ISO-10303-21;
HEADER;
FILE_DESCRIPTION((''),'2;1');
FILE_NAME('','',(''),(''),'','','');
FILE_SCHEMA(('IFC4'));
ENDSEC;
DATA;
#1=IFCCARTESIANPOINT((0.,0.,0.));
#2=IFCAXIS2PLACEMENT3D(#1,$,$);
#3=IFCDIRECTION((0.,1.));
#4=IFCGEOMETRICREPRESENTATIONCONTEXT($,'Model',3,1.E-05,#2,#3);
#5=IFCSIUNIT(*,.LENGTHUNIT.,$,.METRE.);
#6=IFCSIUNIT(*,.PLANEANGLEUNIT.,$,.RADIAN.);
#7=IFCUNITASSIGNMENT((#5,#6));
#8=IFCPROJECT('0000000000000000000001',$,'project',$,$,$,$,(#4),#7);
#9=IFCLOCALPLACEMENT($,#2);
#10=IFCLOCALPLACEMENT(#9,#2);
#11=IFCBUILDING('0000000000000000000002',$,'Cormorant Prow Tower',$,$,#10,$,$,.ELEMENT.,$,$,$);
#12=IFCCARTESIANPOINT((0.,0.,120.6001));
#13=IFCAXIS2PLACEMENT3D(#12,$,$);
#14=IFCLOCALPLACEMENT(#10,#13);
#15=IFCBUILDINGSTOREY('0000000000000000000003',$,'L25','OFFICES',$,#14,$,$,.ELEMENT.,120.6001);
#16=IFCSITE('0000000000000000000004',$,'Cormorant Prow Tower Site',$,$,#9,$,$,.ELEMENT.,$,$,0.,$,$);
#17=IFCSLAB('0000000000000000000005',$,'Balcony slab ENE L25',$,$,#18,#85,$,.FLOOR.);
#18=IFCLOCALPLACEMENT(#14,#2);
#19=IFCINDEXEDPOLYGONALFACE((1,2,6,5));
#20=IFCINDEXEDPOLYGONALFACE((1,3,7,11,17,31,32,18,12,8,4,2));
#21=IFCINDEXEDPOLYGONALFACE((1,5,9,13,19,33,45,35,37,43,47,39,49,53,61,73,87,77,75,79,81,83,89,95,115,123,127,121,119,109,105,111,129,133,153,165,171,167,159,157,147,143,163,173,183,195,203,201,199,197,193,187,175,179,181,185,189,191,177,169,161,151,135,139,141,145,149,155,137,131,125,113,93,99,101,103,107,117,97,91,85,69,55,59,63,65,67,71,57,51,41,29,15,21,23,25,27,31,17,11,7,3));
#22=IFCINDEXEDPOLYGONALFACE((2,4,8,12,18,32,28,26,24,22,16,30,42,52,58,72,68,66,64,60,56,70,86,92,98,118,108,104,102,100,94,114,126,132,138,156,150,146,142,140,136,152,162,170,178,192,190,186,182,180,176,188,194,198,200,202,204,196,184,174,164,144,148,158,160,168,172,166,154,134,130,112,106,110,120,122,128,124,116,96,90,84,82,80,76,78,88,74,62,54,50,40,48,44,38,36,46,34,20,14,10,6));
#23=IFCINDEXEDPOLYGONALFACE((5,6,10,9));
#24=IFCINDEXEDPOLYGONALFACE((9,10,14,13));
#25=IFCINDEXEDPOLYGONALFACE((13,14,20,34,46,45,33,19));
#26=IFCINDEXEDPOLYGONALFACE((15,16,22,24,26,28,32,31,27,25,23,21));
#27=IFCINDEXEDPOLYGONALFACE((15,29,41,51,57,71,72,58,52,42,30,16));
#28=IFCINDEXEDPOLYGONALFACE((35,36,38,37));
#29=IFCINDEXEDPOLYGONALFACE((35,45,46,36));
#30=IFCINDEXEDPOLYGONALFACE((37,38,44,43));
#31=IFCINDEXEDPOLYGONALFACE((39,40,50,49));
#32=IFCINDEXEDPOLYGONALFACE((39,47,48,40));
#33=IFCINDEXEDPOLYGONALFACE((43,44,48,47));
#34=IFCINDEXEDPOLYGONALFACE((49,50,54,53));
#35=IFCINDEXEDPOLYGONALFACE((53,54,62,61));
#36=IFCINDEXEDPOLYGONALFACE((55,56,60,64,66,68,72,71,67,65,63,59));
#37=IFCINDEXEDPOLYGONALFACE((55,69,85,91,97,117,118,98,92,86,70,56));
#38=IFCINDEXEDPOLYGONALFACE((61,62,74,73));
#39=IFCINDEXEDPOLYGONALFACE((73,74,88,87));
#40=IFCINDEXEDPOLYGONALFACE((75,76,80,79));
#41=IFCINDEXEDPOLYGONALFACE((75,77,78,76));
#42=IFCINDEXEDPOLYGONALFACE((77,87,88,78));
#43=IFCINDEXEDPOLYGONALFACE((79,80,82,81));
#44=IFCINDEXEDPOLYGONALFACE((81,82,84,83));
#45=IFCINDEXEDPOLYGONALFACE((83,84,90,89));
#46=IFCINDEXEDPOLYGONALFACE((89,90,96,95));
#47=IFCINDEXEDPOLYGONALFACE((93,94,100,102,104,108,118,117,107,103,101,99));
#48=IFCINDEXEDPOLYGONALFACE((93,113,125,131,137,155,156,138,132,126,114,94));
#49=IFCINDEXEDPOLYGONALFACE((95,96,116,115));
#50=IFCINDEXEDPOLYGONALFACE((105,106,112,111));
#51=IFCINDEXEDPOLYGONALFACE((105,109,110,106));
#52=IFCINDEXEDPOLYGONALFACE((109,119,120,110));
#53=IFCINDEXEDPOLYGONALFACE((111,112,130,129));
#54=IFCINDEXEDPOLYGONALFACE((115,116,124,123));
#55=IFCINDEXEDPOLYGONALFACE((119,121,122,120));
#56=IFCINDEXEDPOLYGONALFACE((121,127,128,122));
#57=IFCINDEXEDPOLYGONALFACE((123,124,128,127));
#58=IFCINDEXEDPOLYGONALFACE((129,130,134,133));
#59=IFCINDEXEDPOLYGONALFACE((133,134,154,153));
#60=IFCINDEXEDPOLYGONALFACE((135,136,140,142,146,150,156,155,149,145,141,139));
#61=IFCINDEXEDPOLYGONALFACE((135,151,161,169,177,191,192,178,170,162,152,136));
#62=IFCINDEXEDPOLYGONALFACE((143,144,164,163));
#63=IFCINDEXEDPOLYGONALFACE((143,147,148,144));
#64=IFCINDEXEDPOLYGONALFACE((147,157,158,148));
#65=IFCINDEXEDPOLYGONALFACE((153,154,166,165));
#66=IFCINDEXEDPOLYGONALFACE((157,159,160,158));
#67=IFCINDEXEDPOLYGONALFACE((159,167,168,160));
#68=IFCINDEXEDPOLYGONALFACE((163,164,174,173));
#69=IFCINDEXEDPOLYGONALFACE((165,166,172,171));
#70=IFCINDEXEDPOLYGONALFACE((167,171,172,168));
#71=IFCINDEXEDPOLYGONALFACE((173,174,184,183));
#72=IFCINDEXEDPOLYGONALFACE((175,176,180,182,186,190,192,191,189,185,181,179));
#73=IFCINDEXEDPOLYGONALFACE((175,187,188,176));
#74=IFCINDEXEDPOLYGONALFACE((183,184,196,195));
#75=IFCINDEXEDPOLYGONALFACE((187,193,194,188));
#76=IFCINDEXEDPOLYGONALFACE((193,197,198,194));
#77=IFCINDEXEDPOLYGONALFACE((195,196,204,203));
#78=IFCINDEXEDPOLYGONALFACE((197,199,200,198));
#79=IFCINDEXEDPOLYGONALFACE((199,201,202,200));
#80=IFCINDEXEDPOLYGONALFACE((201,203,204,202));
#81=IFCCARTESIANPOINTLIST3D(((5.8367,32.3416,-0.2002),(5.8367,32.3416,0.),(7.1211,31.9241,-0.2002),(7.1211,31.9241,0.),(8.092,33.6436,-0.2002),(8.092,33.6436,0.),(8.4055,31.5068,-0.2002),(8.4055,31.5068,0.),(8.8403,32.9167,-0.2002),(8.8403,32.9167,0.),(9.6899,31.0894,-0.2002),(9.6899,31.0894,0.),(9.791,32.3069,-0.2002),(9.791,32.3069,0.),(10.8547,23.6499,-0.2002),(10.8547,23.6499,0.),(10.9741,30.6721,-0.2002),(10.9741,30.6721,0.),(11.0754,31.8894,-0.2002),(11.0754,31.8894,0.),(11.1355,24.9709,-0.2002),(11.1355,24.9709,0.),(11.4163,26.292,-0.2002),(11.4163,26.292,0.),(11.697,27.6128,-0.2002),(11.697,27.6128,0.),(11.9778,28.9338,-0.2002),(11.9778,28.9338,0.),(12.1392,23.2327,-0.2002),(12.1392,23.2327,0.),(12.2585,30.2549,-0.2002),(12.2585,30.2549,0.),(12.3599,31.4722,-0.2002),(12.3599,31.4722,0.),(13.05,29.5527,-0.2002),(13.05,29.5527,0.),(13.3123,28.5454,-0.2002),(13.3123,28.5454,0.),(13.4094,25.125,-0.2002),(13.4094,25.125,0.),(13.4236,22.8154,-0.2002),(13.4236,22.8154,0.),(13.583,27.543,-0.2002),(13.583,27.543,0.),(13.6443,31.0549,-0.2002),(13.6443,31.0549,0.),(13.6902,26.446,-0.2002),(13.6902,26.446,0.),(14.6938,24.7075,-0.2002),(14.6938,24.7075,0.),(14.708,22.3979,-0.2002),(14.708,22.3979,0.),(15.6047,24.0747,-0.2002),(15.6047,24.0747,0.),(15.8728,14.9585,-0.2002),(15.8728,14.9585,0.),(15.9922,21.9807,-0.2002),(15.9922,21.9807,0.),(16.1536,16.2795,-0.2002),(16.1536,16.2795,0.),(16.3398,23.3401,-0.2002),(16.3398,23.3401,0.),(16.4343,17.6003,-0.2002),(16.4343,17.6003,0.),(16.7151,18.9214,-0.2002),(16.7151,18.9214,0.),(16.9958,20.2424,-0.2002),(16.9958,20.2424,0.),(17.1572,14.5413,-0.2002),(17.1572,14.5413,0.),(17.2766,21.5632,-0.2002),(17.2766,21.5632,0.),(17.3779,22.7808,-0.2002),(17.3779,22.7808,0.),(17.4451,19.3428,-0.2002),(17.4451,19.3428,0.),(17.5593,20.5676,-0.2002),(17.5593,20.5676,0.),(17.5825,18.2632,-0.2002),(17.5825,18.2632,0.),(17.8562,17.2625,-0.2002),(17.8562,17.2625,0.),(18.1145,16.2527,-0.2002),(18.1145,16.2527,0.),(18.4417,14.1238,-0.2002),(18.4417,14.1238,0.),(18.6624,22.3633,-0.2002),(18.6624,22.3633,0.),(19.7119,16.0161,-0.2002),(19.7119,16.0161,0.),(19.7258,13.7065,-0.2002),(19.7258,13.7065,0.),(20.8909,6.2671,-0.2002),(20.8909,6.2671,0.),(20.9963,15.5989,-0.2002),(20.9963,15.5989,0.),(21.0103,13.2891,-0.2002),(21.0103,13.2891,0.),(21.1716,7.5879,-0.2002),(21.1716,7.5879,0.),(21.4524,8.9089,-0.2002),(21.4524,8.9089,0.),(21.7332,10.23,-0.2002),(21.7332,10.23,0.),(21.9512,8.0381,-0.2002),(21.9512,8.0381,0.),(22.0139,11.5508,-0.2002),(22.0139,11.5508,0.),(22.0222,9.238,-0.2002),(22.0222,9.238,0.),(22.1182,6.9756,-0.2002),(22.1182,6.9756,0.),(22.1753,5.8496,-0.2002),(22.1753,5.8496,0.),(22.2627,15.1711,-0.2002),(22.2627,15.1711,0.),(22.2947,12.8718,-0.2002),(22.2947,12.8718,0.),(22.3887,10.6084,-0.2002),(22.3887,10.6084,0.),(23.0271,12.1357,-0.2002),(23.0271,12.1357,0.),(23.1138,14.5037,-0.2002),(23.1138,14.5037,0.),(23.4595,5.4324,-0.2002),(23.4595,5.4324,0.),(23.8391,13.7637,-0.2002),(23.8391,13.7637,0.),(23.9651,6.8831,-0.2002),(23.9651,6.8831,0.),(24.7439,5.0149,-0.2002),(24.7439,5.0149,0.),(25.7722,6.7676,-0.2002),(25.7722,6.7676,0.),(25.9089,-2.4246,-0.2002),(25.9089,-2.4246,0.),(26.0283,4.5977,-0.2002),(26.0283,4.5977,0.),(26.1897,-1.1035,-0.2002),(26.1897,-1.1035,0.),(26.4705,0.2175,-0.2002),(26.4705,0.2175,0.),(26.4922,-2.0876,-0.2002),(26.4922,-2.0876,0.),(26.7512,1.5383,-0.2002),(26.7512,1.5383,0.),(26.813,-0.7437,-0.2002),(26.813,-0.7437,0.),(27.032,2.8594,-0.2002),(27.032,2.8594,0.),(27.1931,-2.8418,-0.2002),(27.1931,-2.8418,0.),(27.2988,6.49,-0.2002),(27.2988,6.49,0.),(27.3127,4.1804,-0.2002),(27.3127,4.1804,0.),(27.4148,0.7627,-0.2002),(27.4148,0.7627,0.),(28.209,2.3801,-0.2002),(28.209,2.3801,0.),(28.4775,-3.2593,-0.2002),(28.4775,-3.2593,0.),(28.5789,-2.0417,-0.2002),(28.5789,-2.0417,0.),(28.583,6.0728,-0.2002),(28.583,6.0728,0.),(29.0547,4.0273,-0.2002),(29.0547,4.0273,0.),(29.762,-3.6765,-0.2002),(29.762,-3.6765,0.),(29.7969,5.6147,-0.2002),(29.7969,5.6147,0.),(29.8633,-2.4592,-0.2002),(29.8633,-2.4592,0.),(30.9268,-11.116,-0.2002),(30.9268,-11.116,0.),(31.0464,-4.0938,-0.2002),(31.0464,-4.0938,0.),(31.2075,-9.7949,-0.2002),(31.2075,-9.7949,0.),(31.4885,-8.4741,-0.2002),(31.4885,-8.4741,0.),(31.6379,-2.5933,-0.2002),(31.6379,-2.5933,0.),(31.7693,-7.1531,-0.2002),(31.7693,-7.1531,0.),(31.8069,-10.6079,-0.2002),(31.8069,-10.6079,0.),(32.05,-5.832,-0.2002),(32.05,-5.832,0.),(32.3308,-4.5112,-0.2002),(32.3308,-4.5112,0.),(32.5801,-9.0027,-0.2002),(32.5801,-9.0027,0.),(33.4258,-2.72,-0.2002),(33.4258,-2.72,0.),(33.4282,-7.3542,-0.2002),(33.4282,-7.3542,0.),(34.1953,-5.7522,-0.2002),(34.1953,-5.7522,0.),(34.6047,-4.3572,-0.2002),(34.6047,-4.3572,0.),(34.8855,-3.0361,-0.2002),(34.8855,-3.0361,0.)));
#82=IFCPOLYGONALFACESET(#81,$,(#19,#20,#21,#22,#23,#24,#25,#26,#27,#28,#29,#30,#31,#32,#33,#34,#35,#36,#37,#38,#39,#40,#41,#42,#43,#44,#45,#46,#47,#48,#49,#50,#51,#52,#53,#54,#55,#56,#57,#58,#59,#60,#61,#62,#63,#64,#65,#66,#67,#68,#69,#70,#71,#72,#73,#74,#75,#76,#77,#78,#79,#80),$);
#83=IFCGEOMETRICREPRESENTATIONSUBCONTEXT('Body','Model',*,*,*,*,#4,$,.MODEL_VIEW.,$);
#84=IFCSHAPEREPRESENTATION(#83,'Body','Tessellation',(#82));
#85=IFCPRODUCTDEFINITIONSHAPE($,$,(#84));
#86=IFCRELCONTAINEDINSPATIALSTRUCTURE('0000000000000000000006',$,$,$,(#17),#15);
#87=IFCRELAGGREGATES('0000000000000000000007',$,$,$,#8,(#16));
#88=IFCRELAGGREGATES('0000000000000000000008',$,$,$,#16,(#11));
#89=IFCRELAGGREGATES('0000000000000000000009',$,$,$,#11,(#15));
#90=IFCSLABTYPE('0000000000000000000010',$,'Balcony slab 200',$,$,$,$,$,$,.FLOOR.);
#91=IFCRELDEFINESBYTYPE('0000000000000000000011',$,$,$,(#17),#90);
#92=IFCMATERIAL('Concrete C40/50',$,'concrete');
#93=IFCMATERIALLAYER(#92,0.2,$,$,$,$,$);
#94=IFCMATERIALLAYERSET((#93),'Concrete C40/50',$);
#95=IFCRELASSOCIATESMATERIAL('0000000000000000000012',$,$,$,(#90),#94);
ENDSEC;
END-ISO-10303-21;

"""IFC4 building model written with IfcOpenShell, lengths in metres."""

from ifc_helpers import new_model, si_unit, direction, frame, origin, place, context, subcontext, project, spatial, polyline, outline, extrude, material, layer, layer_set, type_object, element, save


model = new_model("IFC4")

# Units and contexts
model_context = context("Model", 3, precision=1e-05, world=origin(), true_north=direction((0.0, 1.0)))
body_context = subcontext(model_context, "Body", "Model", "MODEL_VIEW")
ifc_project = project(units=[si_unit("LENGTHUNIT", "METRE"), si_unit("PLANEANGLEUNIT", "RADIAN")], contexts=[model_context])

# Site, building, storey
site_placement = place(None, origin())
site = spatial("IfcSite", under=ifc_project, at=site_placement, Name="Cormorant Prow Tower Site", CompositionType="ELEMENT", RefElevation=0.0)
building_placement = place(site_placement, origin())
building = spatial("IfcBuilding", under=site, at=building_placement, Name="Cormorant Prow Tower", CompositionType="ELEMENT")
storey_placement = place(building_placement, frame((0.0, 0.0, 120.6001)))
storey = spatial("IfcBuildingStorey", under=building, at=storey_placement, Name="L25", Description="OFFICES", CompositionType="ELEMENT", Elevation=120.6001)

# Slab
ifc_material_1 = material(Name="Concrete C40/50", Category="concrete")
ifc_layer_1 = layer(ifc_material_1, 0.2)
ifc_layer_set_1 = layer_set([ifc_layer_1], Name="Concrete C40/50")
slab_type_1 = type_object("IfcSlabType", Name="Balcony slab 200", PredefinedType="FLOOR", material=ifc_layer_set_1)
slab_1_placement = place(storey_placement, frame((0.0, 0.0, -0.2002)))
element("IfcSlab", 1, at=slab_1_placement, inside=storey, type_object=slab_type_1, Name="Balcony slab ENE L25", PredefinedType="FLOOR", context=body_context, shape_type="SweptSolid", body=[
    extrude(outline(polyline([(30.9268, -11.116), (31.8069, -10.6079), (32.5801, -9.0027), (33.4282, -7.3542), (34.1953, -5.7522), (34.6047, -4.3572), (34.8855, -3.0361), (33.4258, -2.72), (31.6379, -2.5933), (29.8633, -2.4592), (28.5789, -2.0417), (26.4922, -2.0876), (26.813, -0.7437), (27.4148, 0.7627), (28.209, 2.3801), (29.0547, 4.0273), (29.7969, 5.6147), (28.583, 6.0728), (27.2988, 6.49), (25.7722, 6.7676), (23.9651, 6.8831), (22.1182, 6.9756), (21.9512, 8.0381), (22.0222, 9.238), (22.3887, 10.6084), (23.0271, 12.1357), (23.8391, 13.7637), (23.1138, 14.5037), (22.2627, 15.1711), (20.9963, 15.5989), (19.7119, 16.0161), (18.1145, 16.2527), (17.8562, 17.2625), (17.5825, 18.2632), (17.4451, 19.3428), (17.5593, 20.5676), (18.6624, 22.3633), (17.3779, 22.7808), (16.3398, 23.3401), (15.6047, 24.0747), (14.6938, 24.7075), (13.4094, 25.125), (13.6902, 26.446), (13.583, 27.543), (13.3123, 28.5454), (13.05, 29.5527), (13.6443, 31.0549), (12.3599, 31.4722), (11.0754, 31.8894), (9.791, 32.3069), (8.8403, 32.9167), (8.092, 33.6436), (5.8367, 32.3416), (7.1211, 31.9241), (8.4055, 31.5068), (9.6899, 31.0894), (10.9741, 30.6721), (12.2585, 30.2549), (11.9778, 28.9338), (11.697, 27.6128), (11.4163, 26.292), (11.1355, 24.9709), (10.8547, 23.6499), (12.1392, 23.2327), (13.4236, 22.8154), (14.708, 22.3979), (15.9922, 21.9807), (17.2766, 21.5632), (16.9958, 20.2424), (16.7151, 18.9214), (16.4343, 17.6003), (16.1536, 16.2795), (15.8728, 14.9585), (17.1572, 14.5413), (18.4417, 14.1238), (19.7258, 13.7065), (21.0103, 13.2891), (22.2947, 12.8718), (22.0139, 11.5508), (21.7332, 10.23), (21.4524, 8.9089), (21.1716, 7.5879), (20.8909, 6.2671), (22.1753, 5.8496), (23.4595, 5.4324), (24.7439, 5.0149), (26.0283, 4.5977), (27.3127, 4.1804), (27.032, 2.8594), (26.7512, 1.5383), (26.4705, 0.2175), (26.1897, -1.1035), (25.9089, -2.4246), (27.1931, -2.8418), (28.4775, -3.2593), (29.762, -3.6765), (31.0464, -4.0938), (32.3308, -4.5112), (32.05, -5.832), (31.7693, -7.1531), (31.4885, -8.4741), (31.2075, -9.7949), (30.9268, -11.116)])), origin(), (0.0, 0.0, 1.0), 0.2002),
])

save(model, "model.ifc")
